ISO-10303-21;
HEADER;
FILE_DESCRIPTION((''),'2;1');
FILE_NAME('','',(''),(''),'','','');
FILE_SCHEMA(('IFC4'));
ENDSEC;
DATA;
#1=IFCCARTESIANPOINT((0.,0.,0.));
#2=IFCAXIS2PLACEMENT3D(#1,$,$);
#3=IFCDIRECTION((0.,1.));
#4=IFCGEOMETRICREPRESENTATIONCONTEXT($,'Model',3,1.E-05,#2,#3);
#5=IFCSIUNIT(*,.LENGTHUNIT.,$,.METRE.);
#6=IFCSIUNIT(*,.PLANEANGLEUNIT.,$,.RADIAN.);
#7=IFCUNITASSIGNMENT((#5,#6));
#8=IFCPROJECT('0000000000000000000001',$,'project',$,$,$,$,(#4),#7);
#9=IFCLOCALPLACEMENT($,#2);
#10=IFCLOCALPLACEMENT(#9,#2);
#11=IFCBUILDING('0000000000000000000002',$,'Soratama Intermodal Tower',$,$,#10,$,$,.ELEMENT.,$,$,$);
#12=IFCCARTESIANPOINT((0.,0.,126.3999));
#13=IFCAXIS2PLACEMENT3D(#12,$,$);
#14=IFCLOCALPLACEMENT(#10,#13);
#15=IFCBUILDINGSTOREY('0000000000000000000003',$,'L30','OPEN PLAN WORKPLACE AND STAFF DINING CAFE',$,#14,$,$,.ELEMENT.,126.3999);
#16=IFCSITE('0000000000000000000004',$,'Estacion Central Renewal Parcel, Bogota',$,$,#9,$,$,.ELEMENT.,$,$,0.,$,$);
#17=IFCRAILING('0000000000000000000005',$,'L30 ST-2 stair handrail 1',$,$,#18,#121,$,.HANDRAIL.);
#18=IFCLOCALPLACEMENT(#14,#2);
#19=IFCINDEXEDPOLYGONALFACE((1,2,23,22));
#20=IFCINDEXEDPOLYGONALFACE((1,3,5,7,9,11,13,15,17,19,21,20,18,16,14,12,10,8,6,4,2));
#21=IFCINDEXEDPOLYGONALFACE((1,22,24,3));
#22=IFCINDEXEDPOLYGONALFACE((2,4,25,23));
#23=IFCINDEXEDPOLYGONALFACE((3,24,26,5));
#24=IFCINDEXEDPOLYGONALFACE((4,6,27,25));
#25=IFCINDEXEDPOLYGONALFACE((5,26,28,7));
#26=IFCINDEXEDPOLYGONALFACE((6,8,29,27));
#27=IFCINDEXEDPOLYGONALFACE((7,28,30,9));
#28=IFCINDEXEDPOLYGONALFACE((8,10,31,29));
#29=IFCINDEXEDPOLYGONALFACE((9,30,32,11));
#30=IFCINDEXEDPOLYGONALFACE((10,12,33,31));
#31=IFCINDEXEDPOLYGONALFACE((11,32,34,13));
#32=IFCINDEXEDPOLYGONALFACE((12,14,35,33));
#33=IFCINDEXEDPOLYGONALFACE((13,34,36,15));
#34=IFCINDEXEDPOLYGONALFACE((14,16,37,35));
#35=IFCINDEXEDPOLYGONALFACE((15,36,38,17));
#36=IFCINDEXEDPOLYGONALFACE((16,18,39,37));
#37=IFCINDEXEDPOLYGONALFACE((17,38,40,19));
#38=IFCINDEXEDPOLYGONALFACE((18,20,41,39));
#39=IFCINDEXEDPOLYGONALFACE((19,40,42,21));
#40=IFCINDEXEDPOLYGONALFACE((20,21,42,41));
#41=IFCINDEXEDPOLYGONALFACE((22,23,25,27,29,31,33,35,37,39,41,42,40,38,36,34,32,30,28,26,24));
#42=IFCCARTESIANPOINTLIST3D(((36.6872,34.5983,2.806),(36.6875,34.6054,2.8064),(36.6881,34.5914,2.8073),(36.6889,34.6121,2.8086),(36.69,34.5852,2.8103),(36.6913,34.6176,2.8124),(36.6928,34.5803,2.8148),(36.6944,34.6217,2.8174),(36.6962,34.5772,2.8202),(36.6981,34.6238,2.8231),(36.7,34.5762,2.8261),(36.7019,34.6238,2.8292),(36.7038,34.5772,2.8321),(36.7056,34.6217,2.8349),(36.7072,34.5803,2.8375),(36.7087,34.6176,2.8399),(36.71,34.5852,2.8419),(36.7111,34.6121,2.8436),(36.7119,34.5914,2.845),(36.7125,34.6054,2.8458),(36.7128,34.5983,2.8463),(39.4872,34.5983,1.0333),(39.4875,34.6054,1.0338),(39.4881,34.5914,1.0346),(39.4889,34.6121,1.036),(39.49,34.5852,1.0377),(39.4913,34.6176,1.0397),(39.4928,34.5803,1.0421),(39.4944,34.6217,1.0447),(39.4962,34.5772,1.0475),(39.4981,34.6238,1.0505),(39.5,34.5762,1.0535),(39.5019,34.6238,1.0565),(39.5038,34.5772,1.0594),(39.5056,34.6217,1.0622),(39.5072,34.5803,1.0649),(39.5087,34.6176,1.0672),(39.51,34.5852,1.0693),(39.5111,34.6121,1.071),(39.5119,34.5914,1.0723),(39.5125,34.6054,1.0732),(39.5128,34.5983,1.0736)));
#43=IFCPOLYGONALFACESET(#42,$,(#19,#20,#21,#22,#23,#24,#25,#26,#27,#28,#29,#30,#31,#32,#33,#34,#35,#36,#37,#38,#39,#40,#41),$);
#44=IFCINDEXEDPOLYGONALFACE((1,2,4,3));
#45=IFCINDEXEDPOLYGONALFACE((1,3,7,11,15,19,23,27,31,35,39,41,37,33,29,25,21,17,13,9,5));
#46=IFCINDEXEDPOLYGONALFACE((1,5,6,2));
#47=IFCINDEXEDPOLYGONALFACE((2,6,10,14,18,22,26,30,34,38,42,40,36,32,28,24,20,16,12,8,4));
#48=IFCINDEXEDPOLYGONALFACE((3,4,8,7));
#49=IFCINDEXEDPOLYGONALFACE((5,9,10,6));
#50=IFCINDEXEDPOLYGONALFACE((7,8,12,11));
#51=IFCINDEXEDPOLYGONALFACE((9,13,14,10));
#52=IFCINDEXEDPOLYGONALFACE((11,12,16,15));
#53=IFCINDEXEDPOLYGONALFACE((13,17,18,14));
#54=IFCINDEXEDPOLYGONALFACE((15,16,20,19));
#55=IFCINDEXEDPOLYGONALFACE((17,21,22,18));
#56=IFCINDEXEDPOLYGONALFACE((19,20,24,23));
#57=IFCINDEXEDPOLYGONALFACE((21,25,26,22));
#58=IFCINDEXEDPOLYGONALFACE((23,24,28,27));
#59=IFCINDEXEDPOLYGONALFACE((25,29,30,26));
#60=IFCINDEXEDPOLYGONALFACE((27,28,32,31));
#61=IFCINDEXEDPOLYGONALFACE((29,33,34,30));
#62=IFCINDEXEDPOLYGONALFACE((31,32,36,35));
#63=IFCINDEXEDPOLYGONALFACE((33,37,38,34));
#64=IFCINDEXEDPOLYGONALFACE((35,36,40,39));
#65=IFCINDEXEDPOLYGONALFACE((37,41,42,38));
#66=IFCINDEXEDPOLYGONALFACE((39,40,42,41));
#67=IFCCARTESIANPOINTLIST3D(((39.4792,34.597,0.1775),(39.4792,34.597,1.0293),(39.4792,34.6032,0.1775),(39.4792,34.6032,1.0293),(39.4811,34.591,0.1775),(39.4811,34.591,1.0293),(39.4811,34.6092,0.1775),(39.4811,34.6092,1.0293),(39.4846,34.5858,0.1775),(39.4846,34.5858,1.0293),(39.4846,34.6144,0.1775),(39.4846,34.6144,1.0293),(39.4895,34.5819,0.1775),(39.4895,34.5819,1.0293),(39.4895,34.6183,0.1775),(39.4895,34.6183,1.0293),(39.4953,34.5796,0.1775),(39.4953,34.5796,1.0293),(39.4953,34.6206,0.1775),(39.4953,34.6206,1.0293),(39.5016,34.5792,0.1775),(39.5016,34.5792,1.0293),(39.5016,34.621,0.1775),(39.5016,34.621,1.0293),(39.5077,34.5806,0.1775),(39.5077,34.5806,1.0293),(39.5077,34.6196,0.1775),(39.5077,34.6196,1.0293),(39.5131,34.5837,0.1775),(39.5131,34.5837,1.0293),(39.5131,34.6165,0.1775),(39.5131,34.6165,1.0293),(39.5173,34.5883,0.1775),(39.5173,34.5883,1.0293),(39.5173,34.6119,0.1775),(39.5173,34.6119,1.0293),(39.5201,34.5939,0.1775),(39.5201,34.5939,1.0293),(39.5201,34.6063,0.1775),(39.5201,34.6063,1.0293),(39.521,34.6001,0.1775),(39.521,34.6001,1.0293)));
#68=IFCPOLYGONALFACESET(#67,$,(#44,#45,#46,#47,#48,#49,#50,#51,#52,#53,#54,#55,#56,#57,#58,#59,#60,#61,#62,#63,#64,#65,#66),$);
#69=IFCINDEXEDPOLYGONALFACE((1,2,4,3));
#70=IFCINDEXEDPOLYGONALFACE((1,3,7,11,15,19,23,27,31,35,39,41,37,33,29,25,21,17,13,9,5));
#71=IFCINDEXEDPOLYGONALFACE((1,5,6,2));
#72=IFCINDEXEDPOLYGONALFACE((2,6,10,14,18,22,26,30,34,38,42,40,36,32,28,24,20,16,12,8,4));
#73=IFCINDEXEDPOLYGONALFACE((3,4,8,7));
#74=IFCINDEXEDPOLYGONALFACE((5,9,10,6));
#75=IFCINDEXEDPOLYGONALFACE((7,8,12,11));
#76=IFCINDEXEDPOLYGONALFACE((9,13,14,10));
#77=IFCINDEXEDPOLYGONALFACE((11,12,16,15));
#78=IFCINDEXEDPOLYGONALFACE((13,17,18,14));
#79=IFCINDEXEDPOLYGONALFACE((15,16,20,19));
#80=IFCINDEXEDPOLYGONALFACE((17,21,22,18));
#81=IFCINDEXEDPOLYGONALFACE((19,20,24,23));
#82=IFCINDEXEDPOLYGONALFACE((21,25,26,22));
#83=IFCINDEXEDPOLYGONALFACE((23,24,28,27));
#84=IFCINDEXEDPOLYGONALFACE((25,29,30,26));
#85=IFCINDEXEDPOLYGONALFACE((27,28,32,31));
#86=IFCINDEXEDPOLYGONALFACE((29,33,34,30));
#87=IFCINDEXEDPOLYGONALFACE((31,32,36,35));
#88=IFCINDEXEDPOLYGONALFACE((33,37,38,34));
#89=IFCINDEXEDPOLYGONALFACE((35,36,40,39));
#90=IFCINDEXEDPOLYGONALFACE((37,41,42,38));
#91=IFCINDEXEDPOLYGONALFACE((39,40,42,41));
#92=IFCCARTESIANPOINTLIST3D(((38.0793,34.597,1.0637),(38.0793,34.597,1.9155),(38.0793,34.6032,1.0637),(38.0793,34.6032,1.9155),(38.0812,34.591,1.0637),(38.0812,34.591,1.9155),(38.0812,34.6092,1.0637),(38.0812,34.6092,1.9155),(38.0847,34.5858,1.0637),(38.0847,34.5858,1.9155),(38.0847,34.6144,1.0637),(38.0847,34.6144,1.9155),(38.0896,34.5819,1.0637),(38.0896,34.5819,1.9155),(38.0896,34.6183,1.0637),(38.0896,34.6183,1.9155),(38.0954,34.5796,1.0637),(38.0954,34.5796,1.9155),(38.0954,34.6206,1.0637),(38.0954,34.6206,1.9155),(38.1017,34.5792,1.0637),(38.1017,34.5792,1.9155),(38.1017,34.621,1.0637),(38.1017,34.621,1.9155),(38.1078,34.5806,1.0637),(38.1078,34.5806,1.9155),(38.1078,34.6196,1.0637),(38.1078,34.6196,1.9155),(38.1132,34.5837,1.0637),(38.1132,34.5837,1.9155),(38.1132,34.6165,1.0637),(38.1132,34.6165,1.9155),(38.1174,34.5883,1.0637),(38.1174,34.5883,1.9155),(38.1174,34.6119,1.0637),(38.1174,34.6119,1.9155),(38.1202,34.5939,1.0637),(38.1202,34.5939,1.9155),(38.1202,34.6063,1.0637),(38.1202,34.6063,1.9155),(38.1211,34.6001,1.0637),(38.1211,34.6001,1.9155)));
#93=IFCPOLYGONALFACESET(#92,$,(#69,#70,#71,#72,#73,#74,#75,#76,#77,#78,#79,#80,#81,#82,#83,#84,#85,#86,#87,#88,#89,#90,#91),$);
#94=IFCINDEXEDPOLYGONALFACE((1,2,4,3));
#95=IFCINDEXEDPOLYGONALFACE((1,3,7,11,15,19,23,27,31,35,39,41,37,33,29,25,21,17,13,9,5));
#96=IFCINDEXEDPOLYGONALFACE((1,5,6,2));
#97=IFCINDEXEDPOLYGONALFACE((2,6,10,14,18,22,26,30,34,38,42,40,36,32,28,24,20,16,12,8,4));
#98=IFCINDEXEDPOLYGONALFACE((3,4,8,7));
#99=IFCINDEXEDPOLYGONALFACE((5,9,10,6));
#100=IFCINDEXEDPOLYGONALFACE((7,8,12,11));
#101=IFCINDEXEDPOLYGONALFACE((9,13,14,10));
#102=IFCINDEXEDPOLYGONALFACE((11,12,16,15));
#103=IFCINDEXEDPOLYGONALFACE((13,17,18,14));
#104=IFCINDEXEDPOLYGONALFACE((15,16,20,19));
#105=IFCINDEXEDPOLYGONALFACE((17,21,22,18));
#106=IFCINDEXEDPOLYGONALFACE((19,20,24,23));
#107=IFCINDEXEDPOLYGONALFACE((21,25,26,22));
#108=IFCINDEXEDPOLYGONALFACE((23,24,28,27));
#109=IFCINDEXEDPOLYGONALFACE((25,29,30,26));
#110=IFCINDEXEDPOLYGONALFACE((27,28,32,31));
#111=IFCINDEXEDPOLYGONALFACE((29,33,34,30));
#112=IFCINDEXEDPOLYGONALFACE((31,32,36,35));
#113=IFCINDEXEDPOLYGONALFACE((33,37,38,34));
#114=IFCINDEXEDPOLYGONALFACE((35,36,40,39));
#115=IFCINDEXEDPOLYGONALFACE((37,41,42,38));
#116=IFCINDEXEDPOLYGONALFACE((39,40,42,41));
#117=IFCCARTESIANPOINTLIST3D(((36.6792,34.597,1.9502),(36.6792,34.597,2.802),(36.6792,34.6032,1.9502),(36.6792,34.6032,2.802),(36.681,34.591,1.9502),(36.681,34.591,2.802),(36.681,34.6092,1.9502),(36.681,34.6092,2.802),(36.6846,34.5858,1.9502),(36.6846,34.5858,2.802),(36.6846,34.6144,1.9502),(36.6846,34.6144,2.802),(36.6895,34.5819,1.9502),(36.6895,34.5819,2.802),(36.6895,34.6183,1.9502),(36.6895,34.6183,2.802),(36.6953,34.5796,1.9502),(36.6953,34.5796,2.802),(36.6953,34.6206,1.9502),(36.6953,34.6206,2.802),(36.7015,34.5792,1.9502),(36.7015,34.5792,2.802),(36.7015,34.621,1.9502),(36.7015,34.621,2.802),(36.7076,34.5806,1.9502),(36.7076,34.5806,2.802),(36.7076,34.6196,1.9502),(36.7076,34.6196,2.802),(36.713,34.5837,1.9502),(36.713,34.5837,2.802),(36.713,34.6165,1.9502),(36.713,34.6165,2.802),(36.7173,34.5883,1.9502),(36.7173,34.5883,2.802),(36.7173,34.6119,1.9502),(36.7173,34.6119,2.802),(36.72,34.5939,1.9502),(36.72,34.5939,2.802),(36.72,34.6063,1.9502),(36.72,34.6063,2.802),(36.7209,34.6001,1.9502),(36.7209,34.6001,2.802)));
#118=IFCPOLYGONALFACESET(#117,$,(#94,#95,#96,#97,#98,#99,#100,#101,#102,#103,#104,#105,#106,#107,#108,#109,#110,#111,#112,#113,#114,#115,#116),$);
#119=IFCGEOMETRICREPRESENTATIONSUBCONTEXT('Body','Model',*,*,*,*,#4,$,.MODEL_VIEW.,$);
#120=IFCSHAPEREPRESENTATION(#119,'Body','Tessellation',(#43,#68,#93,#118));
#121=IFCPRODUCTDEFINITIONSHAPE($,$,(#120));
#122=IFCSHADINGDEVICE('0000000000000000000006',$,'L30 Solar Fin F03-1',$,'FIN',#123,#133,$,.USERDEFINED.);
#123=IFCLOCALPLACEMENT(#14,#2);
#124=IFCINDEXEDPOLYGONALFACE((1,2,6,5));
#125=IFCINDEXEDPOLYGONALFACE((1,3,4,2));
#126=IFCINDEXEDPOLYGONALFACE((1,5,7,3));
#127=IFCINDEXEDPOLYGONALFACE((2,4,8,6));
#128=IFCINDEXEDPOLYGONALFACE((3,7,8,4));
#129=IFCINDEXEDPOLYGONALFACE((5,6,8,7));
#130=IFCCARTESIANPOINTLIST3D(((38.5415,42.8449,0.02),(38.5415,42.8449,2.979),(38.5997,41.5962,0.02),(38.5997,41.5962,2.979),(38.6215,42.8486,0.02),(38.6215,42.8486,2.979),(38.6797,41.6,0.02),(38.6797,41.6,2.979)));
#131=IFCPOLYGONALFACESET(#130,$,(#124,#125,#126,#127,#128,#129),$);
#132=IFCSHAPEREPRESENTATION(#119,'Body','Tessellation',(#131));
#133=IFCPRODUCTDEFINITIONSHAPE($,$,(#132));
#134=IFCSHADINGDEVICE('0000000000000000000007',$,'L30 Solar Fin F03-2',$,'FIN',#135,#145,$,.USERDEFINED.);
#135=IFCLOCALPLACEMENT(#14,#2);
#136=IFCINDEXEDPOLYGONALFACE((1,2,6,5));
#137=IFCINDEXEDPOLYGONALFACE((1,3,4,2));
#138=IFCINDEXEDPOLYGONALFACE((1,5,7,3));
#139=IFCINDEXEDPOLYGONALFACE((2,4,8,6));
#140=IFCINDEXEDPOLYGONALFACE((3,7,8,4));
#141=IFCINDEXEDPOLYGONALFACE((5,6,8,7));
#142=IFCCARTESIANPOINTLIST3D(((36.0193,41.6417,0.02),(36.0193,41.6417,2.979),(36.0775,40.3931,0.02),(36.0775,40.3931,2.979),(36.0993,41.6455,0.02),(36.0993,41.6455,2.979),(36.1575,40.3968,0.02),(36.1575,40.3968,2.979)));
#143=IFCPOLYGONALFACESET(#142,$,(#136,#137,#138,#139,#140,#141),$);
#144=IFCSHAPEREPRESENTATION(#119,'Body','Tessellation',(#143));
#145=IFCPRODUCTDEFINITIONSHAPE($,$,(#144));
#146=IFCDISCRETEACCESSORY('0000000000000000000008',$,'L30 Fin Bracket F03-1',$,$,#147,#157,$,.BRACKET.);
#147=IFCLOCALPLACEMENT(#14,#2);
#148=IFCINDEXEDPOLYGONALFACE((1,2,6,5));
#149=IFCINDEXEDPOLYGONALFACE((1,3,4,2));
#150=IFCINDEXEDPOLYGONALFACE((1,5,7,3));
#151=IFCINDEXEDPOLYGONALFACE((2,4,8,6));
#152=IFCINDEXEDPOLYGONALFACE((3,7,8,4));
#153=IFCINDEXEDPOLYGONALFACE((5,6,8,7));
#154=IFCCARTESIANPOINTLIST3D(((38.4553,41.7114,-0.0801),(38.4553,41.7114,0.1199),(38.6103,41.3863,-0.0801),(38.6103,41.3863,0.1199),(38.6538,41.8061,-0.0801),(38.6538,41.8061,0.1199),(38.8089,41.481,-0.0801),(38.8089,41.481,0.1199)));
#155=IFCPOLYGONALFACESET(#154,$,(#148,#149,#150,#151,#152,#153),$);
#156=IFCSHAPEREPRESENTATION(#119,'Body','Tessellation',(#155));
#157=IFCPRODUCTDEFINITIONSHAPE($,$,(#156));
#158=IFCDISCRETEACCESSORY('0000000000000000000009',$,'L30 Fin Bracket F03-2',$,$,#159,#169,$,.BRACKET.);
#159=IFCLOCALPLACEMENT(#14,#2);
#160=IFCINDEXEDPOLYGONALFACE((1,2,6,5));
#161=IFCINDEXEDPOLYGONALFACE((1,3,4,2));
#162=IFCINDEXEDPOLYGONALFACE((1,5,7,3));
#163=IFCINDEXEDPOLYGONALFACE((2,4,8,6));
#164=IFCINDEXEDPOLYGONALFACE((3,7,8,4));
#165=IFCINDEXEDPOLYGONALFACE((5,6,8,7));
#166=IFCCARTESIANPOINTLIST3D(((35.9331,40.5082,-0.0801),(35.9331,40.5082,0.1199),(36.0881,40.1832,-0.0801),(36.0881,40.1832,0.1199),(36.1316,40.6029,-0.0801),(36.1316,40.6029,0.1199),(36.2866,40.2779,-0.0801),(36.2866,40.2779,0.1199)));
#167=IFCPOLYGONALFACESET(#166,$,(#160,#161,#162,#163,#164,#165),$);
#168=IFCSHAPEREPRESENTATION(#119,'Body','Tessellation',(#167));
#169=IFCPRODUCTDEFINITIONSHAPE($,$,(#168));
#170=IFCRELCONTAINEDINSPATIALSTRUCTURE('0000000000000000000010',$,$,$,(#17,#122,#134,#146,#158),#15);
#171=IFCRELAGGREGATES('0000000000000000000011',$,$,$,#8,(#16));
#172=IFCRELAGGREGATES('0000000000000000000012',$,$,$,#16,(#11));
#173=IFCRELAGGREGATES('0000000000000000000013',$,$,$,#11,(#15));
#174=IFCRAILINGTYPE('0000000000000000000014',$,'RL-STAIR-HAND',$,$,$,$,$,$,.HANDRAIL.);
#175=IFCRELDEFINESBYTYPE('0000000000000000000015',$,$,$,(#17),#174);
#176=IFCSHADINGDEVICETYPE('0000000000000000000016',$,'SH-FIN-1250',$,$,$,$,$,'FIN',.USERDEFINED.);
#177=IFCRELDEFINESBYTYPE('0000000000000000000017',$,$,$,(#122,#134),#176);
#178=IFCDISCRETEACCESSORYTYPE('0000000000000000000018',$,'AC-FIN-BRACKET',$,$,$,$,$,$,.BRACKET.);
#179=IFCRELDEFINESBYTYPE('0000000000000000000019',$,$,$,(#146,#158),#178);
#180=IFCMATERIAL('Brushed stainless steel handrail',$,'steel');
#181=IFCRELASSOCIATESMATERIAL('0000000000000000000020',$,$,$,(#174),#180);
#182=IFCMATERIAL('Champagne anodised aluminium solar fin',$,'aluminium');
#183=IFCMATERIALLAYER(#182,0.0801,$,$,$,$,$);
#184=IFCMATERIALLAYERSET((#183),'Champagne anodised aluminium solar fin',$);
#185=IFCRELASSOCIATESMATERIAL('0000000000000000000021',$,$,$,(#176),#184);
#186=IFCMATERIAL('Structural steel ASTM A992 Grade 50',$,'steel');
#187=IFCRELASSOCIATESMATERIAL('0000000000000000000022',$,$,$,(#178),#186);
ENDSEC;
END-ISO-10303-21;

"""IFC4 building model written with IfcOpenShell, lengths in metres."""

from ifc_helpers import new_model, si_unit, direction, frame, origin, origin_2d, place, context, subcontext, project, spatial, rectangle, circle, extrude, material, layer, layer_set, type_object, element, save


model = new_model("IFC4")

# Units and contexts
model_context = context("Model", 3, precision=1e-05, world=origin(), true_north=direction((0.0, 1.0)))
body_context = subcontext(model_context, "Body", "Model", "MODEL_VIEW")
ifc_project = project(units=[si_unit("LENGTHUNIT", "METRE"), si_unit("PLANEANGLEUNIT", "RADIAN")], contexts=[model_context])

# Site, building, storey
site_placement = place(None, origin())
site = spatial("IfcSite", under=ifc_project, at=site_placement, Name="Estacion Central Renewal Parcel, Bogota", CompositionType="ELEMENT", RefElevation=0.0)
building_placement = place(site_placement, origin())
building = spatial("IfcBuilding", under=site, at=building_placement, Name="Soratama Intermodal Tower", CompositionType="ELEMENT")
storey_placement = place(building_placement, frame((0.0, 0.0, 126.3999)))
storey = spatial("IfcBuildingStorey", under=building, at=storey_placement, Name="L30", Description="OPEN PLAN WORKPLACE AND STAFF DINING CAFE", CompositionType="ELEMENT", Elevation=126.3999)

# Railing
ifc_material_1 = material(Name="Brushed stainless steel handrail", Category="steel")
railing_type = type_object("IfcRailingType", Name="RL-STAIR-HAND", PredefinedType="HANDRAIL", material=ifc_material_1)
railing_placement = place(storey_placement, frame((39.5, 34.6001, 0.1775)))
element("IfcRailing", 1, at=railing_placement, inside=storey, type_object=railing_type, Name="L30 ST-2 stair handrail 1", PredefinedType="HANDRAIL", context=body_context, shape_type="SweptSolid", body=[
    extrude(circle(Radius=0.0239, at=origin_2d()), frame((0.0, 0.0, 0.876), z_axis=(-0.844909, 0.0, 0.53491), x_axis=(0.0, -1.0, 0.0)), (0.0, 0.0, 1.0), 3.314),
    extrude(circle(Radius=0.021, at=origin_2d()), origin(), (0.0, 0.0, 1.0), 0.8518),
    extrude(circle(Radius=0.021, at=origin_2d()), frame((-1.3999, 0.0, 0.8862)), (0.0, 0.0, 1.0), 0.8518),
    extrude(circle(Radius=0.021, at=origin_2d()), frame((-2.8, 0.0, 1.7727)), (0.0, 0.0, 1.0), 0.8518),
])

# Shading devices
ifc_material_2 = material(Name="Champagne anodised aluminium solar fin", Category="aluminium")
ifc_layer_1 = layer(ifc_material_2, 0.0801)
ifc_layer_set_1 = layer_set([ifc_layer_1], Name="Champagne anodised aluminium solar fin")
shading_device_type = type_object("IfcShadingDeviceType", Name="SH-FIN-1250", ElementType="FIN", PredefinedType="USERDEFINED", material=ifc_layer_set_1)
for number, where, z_axis, x_axis, name in (
    (2, (38.6106, 42.2224, 0.02), (0.0, 0.0, 1.0), (-0.046583, 0.998914, 0.0), "L30 Solar Fin F03-1"),
    (3, (36.0884, 41.0193, 0.02), (0.0, 0.0, 1.0), (-0.046583, 0.998914, 0.0), "L30 Solar Fin F03-2"),
):
    element("IfcShadingDevice", number, at=place(storey_placement, frame(where, z_axis=z_axis, x_axis=x_axis)), inside=storey, type_object=shading_device_type, Name=name, ObjectType="FIN", PredefinedType="USERDEFINED", context=body_context, shape_type="SweptSolid", body=[
        extrude(rectangle(XDim=1.25, YDim=0.0801, at=origin_2d()), origin(), (0.0, 0.0, 1.0), 2.959),
    ])

# Discrete accessories
ifc_material_3 = material(Name="Structural steel ASTM A992 Grade 50", Category="steel")
discrete_accessory_type = type_object("IfcDiscreteAccessoryType", Name="AC-FIN-BRACKET", PredefinedType="BRACKET", material=ifc_material_3)
for number, where, z_axis, x_axis, name in (
    (4, (38.6321, 41.5962, -0.0801), (0.0, 0.0, 1.0), (-0.430511, 0.902585, 0.0), "L30 Fin Bracket F03-1"),
    (5, (36.1099, 40.3931, -0.0801), (0.0, 0.0, 1.0), (-0.430511, 0.902585, 0.0), "L30 Fin Bracket F03-2"),
):
    element("IfcDiscreteAccessory", number, at=place(storey_placement, frame(where, z_axis=z_axis, x_axis=x_axis)), inside=storey, type_object=discrete_accessory_type, Name=name, PredefinedType="BRACKET", context=body_context, shape_type="SweptSolid", body=[
        extrude(rectangle(XDim=0.3601, YDim=0.22, at=origin_2d()), origin(), (0.0, 0.0, 1.0), 0.2),
    ])

save(model, "model.ifc")
